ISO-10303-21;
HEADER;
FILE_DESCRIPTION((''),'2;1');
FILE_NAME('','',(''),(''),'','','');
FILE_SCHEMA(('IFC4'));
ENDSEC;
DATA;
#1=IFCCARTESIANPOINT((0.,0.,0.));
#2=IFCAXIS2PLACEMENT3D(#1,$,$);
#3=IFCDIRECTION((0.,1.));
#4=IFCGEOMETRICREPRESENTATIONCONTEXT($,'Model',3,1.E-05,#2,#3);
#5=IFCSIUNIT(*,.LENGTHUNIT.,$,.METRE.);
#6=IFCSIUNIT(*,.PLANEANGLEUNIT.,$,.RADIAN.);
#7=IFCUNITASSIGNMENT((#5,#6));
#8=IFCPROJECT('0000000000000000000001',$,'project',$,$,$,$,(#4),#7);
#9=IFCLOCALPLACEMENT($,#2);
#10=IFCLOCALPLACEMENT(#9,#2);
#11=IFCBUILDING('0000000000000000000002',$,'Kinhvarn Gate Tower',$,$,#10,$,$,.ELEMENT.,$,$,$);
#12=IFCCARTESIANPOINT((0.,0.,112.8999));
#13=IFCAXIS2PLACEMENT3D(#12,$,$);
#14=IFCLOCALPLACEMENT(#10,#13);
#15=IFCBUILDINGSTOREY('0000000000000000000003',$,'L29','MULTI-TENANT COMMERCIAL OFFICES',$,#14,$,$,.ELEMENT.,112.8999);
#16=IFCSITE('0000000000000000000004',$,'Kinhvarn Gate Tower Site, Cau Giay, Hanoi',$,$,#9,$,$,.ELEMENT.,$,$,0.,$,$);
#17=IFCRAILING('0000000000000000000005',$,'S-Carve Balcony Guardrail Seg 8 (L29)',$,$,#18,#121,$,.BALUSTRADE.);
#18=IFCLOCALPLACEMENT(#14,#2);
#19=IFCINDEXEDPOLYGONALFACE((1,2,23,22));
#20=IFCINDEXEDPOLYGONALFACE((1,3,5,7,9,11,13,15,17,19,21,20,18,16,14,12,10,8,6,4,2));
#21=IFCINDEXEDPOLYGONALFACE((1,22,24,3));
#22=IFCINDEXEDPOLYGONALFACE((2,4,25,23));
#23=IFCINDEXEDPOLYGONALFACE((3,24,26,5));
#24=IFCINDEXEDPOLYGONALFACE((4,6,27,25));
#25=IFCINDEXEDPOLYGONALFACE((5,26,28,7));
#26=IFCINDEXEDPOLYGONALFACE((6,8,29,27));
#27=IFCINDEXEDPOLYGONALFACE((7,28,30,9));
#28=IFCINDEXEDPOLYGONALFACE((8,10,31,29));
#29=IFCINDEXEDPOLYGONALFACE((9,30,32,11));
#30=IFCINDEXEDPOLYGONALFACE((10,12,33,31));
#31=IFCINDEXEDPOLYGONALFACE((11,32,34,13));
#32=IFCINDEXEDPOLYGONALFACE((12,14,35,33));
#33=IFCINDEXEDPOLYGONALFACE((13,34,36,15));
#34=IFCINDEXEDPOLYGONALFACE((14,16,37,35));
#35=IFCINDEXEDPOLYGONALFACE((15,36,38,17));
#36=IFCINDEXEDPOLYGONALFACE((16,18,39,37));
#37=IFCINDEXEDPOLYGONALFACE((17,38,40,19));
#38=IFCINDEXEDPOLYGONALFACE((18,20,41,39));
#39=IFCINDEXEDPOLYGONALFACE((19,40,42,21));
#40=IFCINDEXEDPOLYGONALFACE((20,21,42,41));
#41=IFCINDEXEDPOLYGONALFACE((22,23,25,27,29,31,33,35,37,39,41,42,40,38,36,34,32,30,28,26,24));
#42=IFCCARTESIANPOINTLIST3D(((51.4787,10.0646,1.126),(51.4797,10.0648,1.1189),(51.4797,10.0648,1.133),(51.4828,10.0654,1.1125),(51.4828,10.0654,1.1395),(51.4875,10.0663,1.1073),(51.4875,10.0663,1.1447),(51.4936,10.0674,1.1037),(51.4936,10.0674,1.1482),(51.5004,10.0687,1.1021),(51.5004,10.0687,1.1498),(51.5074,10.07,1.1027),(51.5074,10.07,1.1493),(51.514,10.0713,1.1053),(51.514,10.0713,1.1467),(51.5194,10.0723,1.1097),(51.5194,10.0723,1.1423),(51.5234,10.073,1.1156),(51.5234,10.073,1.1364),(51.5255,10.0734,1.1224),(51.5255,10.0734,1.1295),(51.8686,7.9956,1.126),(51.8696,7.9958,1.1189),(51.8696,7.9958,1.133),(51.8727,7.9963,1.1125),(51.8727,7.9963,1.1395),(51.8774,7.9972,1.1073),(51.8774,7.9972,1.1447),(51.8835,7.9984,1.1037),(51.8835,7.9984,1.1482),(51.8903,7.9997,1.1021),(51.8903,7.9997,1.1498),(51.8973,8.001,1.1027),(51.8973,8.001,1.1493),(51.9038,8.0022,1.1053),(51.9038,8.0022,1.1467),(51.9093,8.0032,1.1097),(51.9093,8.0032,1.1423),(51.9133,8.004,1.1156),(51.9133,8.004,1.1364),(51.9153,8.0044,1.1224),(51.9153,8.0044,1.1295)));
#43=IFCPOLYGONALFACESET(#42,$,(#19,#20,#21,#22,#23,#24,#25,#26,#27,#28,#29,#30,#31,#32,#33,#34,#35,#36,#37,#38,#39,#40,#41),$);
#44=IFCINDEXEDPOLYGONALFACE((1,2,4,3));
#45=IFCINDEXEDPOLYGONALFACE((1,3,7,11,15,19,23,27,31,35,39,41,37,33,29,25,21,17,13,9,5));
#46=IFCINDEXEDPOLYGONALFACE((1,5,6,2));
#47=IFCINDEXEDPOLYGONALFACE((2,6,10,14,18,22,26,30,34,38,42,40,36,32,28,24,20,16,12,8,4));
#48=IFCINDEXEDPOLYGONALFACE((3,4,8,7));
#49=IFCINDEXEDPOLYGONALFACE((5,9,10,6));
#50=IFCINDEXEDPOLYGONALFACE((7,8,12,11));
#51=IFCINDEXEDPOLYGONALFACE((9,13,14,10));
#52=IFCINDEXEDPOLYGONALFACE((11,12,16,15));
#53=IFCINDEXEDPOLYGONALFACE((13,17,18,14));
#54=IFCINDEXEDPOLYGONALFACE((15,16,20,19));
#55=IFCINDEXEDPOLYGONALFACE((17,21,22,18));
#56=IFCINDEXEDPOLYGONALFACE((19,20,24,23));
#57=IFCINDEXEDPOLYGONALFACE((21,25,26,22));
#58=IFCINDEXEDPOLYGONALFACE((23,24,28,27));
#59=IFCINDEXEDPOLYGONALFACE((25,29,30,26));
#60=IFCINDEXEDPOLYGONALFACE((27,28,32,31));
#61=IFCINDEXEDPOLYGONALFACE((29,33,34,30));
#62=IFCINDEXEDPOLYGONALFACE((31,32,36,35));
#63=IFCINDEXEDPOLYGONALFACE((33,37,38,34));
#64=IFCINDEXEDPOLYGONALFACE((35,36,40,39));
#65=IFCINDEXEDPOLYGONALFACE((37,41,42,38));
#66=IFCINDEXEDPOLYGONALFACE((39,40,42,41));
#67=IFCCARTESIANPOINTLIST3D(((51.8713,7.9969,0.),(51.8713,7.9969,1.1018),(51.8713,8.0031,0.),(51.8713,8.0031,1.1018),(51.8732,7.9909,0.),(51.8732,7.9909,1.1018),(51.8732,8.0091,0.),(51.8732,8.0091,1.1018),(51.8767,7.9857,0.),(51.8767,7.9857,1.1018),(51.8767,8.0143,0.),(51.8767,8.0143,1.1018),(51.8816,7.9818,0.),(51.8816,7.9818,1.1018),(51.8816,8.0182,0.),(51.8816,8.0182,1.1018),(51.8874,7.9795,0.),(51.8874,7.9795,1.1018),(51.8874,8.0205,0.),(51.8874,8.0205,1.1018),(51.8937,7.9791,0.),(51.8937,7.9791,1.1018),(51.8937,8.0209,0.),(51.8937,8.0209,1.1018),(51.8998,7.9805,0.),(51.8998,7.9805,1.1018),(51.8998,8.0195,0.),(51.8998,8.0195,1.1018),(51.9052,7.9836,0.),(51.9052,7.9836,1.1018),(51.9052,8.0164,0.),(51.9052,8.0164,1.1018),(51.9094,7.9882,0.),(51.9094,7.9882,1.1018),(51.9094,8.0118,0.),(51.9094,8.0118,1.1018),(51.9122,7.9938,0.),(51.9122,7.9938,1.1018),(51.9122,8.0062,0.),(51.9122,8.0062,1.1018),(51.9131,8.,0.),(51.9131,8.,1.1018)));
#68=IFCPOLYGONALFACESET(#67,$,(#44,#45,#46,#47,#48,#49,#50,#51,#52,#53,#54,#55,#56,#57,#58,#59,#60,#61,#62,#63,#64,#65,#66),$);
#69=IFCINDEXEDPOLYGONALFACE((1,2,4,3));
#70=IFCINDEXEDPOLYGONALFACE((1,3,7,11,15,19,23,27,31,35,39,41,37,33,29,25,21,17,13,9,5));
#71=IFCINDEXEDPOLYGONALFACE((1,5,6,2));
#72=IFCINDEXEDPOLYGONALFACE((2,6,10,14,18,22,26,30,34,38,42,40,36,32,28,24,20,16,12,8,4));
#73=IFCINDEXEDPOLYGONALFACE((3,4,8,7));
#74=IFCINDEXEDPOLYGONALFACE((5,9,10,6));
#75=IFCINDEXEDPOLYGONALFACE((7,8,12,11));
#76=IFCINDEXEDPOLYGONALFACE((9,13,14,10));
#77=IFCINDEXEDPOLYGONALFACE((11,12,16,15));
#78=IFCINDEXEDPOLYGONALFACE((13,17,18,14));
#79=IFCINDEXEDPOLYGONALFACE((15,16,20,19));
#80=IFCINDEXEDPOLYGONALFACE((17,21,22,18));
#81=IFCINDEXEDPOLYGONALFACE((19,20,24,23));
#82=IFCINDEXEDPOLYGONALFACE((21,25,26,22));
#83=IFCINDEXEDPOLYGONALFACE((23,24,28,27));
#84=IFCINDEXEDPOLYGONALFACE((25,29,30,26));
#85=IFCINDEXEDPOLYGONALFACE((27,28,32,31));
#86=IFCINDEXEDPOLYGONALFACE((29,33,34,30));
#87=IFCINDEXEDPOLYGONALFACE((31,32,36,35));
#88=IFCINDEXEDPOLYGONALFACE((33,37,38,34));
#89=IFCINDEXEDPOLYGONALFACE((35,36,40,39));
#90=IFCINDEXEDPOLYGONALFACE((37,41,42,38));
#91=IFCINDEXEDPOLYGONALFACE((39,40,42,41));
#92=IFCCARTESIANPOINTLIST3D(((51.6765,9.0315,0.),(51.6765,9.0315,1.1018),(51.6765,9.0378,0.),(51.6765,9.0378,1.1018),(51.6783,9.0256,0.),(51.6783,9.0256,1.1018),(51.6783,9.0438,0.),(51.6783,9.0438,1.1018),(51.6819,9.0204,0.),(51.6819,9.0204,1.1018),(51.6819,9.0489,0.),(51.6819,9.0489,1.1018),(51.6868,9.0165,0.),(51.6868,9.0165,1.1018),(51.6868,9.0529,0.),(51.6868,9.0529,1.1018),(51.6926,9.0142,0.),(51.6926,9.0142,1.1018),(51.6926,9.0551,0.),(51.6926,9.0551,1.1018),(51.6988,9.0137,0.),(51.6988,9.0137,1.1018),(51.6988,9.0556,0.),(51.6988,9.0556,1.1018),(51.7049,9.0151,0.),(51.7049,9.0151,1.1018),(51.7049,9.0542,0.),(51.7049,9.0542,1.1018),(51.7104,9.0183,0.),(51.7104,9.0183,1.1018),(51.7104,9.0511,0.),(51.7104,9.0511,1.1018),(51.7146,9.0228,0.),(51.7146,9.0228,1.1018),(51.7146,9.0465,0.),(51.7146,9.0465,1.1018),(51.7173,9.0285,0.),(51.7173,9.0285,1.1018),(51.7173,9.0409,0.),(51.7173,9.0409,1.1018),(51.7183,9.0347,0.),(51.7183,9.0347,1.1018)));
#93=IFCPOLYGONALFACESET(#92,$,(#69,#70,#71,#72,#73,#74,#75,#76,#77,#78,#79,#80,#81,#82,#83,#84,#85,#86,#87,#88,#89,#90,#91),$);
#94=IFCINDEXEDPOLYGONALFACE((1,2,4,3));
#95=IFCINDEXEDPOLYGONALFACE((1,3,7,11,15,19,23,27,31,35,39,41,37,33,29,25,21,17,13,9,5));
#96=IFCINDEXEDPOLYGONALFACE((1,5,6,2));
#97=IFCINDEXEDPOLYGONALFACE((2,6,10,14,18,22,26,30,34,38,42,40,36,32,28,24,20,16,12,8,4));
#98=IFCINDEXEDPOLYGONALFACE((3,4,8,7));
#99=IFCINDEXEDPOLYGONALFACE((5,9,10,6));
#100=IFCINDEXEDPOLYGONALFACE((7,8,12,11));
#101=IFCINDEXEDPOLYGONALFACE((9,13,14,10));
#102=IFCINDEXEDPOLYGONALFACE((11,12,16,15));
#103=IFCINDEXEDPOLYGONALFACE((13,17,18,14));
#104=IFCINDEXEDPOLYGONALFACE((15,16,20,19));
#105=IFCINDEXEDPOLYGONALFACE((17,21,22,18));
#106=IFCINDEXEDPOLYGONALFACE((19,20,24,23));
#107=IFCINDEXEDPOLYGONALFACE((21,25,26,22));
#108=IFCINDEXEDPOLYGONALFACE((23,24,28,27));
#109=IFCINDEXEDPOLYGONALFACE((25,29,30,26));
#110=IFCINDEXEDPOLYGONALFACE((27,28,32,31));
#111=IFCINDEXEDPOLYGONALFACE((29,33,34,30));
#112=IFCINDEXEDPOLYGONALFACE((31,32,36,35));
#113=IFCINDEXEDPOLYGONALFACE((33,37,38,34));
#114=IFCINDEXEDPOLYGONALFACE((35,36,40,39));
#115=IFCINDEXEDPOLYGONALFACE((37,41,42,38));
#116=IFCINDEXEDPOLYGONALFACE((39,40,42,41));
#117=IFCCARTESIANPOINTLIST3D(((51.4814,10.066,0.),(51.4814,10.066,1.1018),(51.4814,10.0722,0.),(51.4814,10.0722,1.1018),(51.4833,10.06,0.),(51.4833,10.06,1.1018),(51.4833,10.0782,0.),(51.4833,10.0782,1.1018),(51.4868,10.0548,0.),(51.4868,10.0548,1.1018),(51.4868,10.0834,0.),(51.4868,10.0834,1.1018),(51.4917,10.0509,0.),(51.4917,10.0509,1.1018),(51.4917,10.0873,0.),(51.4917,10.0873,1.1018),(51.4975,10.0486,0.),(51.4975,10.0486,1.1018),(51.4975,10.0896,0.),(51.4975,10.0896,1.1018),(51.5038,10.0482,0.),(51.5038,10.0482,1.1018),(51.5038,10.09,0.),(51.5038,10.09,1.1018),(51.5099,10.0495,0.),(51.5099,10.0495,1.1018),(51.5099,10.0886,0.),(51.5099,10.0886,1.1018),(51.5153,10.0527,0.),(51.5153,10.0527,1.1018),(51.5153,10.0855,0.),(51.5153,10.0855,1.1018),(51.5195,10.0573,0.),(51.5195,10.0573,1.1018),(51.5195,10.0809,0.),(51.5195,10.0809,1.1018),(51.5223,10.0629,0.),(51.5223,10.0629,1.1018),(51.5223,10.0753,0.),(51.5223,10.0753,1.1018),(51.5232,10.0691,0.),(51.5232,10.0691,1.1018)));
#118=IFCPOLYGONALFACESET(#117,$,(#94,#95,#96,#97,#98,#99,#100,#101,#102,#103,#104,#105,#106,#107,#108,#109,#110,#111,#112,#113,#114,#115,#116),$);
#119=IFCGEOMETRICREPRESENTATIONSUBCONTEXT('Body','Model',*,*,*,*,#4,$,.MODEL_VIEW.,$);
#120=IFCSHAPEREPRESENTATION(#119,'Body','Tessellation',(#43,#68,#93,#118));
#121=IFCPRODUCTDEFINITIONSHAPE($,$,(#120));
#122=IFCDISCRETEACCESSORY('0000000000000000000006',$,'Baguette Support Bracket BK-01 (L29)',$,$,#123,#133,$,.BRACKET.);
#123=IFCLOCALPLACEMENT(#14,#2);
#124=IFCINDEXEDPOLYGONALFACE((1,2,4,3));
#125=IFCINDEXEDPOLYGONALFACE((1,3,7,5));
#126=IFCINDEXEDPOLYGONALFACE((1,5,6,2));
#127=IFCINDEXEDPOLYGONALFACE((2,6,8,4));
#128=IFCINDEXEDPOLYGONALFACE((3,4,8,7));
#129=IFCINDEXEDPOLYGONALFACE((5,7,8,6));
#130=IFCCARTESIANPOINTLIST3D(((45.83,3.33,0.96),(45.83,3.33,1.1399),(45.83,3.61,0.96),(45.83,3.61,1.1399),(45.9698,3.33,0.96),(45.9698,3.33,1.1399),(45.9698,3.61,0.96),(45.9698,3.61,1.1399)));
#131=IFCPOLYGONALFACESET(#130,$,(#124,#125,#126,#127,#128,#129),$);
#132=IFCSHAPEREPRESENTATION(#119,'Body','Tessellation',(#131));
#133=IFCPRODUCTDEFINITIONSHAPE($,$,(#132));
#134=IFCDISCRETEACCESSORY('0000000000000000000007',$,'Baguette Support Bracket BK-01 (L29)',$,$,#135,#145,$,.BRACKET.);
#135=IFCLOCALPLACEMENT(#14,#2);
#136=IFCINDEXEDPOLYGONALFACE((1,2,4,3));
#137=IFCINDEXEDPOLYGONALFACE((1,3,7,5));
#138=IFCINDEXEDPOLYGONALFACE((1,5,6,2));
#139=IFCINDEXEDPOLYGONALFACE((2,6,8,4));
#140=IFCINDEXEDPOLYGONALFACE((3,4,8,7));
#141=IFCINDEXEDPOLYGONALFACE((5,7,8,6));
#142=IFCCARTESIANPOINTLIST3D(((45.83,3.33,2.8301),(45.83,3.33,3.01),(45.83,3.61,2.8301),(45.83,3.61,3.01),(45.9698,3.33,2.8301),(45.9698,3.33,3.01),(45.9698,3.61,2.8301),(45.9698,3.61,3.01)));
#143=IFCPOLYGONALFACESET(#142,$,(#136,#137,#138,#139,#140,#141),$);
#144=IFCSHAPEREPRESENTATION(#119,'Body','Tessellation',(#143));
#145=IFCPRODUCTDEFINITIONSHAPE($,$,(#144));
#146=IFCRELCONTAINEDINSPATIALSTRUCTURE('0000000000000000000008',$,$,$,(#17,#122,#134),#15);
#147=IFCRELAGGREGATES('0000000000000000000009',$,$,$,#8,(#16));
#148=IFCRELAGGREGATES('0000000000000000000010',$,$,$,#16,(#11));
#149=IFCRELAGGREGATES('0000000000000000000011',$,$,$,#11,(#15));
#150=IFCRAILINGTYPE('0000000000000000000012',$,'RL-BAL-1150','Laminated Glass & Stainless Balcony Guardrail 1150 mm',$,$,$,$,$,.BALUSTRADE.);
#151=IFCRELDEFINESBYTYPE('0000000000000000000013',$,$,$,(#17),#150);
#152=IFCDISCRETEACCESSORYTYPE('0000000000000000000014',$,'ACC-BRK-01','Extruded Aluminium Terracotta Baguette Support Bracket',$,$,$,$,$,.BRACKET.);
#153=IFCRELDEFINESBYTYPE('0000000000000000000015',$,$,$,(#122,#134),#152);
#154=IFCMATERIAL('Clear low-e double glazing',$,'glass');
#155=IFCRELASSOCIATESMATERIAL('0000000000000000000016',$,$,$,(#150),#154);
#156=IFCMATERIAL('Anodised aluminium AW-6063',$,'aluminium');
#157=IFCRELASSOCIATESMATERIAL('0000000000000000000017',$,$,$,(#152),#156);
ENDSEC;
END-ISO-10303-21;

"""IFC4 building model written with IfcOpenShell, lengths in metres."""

from ifc_helpers import new_model, si_unit, direction, frame, origin, origin_2d, place, context, subcontext, project, spatial, rectangle, circle, extrude, material, type_object, element, save


model = new_model("IFC4")

# Units and contexts
model_context = context("Model", 3, precision=1e-05, world=origin(), true_north=direction((0.0, 1.0)))
body_context = subcontext(model_context, "Body", "Model", "MODEL_VIEW")
ifc_project = project(units=[si_unit("LENGTHUNIT", "METRE"), si_unit("PLANEANGLEUNIT", "RADIAN")], contexts=[model_context])

# Site, building, storey
site_placement = place(None, origin())
site = spatial("IfcSite", under=ifc_project, at=site_placement, Name="Kinhvarn Gate Tower Site, Cau Giay, Hanoi", CompositionType="ELEMENT", RefElevation=0.0)
building_placement = place(site_placement, origin())
building = spatial("IfcBuilding", under=site, at=building_placement, Name="Kinhvarn Gate Tower", CompositionType="ELEMENT")
storey_placement = place(building_placement, frame((0.0, 0.0, 112.8999)))
storey = spatial("IfcBuildingStorey", under=building, at=storey_placement, Name="L29", Description="MULTI-TENANT COMMERCIAL OFFICES", CompositionType="ELEMENT", Elevation=112.8999)

# Shared definitions
ifc_material_1 = material(Name="Anodised aluminium AW-6063", Category="aluminium")

# Shared definitions
ifc_material_2 = material(Name="Clear low-e double glazing", Category="glass")

# Railing
railing_type = type_object("IfcRailingType", Name="RL-BAL-1150", Description="Laminated Glass & Stainless Balcony Guardrail 1150 mm", PredefinedType="BALUSTRADE", material=ifc_material_2)
railing_1_placement = place(storey_placement, frame((51.8921, 8.0, 0.0)))
element("IfcRailing", 1, at=railing_1_placement, inside=storey, type_object=railing_type, Name="S-Carve Balcony Guardrail Seg 8 (L29)", PredefinedType="BALUSTRADE", context=body_context, shape_type="SweptSolid", body=[
    extrude(circle(Radius=0.0239, at=origin_2d()), frame((0.0, 0.0, 1.126), z_axis=(-0.185178, 0.982705, 0.0), x_axis=(-0.982705, -0.185178, 0.0)), (0.0, 0.0, 1.0), 2.1055),
    extrude(circle(Radius=0.021, at=origin_2d()), origin(), (0.0, 0.0, 1.0), 1.1018),
    extrude(circle(Radius=0.021, at=origin_2d()), frame((-0.1948, 1.0347, 0.0)), (0.0, 0.0, 1.0), 1.1018),
    extrude(circle(Radius=0.021, at=origin_2d()), frame((-0.3899, 2.0691, 0.0)), (0.0, 0.0, 1.0), 1.1018),
])

# Discrete accessories
discrete_accessory_type = type_object("IfcDiscreteAccessoryType", Name="ACC-BRK-01", Description="Extruded Aluminium Terracotta Baguette Support Bracket", PredefinedType="BRACKET", material=ifc_material_1)
for number, where, z_axis, x_axis, name in (
    (2, (45.8999, 3.47, 0.96), (0.0, 0.0, 1.0), (1.0, 0.0, 0.0), "Baguette Support Bracket BK-01 (L29)"),
    (3, (45.8999, 3.47, 2.8301), (0.0, 0.0, 1.0), (1.0, 0.0, 0.0), "Baguette Support Bracket BK-01 (L29)"),
):
    element("IfcDiscreteAccessory", number, at=place(storey_placement, frame(where, z_axis=z_axis, x_axis=x_axis)), inside=storey, type_object=discrete_accessory_type, Name=name, PredefinedType="BRACKET", context=body_context, shape_type="SweptSolid", body=[
        extrude(rectangle(XDim=0.1399, YDim=0.28, at=origin_2d()), origin(), (0.0, 0.0, 1.0), 0.1799),
    ])

save(model, "model.ifc")
